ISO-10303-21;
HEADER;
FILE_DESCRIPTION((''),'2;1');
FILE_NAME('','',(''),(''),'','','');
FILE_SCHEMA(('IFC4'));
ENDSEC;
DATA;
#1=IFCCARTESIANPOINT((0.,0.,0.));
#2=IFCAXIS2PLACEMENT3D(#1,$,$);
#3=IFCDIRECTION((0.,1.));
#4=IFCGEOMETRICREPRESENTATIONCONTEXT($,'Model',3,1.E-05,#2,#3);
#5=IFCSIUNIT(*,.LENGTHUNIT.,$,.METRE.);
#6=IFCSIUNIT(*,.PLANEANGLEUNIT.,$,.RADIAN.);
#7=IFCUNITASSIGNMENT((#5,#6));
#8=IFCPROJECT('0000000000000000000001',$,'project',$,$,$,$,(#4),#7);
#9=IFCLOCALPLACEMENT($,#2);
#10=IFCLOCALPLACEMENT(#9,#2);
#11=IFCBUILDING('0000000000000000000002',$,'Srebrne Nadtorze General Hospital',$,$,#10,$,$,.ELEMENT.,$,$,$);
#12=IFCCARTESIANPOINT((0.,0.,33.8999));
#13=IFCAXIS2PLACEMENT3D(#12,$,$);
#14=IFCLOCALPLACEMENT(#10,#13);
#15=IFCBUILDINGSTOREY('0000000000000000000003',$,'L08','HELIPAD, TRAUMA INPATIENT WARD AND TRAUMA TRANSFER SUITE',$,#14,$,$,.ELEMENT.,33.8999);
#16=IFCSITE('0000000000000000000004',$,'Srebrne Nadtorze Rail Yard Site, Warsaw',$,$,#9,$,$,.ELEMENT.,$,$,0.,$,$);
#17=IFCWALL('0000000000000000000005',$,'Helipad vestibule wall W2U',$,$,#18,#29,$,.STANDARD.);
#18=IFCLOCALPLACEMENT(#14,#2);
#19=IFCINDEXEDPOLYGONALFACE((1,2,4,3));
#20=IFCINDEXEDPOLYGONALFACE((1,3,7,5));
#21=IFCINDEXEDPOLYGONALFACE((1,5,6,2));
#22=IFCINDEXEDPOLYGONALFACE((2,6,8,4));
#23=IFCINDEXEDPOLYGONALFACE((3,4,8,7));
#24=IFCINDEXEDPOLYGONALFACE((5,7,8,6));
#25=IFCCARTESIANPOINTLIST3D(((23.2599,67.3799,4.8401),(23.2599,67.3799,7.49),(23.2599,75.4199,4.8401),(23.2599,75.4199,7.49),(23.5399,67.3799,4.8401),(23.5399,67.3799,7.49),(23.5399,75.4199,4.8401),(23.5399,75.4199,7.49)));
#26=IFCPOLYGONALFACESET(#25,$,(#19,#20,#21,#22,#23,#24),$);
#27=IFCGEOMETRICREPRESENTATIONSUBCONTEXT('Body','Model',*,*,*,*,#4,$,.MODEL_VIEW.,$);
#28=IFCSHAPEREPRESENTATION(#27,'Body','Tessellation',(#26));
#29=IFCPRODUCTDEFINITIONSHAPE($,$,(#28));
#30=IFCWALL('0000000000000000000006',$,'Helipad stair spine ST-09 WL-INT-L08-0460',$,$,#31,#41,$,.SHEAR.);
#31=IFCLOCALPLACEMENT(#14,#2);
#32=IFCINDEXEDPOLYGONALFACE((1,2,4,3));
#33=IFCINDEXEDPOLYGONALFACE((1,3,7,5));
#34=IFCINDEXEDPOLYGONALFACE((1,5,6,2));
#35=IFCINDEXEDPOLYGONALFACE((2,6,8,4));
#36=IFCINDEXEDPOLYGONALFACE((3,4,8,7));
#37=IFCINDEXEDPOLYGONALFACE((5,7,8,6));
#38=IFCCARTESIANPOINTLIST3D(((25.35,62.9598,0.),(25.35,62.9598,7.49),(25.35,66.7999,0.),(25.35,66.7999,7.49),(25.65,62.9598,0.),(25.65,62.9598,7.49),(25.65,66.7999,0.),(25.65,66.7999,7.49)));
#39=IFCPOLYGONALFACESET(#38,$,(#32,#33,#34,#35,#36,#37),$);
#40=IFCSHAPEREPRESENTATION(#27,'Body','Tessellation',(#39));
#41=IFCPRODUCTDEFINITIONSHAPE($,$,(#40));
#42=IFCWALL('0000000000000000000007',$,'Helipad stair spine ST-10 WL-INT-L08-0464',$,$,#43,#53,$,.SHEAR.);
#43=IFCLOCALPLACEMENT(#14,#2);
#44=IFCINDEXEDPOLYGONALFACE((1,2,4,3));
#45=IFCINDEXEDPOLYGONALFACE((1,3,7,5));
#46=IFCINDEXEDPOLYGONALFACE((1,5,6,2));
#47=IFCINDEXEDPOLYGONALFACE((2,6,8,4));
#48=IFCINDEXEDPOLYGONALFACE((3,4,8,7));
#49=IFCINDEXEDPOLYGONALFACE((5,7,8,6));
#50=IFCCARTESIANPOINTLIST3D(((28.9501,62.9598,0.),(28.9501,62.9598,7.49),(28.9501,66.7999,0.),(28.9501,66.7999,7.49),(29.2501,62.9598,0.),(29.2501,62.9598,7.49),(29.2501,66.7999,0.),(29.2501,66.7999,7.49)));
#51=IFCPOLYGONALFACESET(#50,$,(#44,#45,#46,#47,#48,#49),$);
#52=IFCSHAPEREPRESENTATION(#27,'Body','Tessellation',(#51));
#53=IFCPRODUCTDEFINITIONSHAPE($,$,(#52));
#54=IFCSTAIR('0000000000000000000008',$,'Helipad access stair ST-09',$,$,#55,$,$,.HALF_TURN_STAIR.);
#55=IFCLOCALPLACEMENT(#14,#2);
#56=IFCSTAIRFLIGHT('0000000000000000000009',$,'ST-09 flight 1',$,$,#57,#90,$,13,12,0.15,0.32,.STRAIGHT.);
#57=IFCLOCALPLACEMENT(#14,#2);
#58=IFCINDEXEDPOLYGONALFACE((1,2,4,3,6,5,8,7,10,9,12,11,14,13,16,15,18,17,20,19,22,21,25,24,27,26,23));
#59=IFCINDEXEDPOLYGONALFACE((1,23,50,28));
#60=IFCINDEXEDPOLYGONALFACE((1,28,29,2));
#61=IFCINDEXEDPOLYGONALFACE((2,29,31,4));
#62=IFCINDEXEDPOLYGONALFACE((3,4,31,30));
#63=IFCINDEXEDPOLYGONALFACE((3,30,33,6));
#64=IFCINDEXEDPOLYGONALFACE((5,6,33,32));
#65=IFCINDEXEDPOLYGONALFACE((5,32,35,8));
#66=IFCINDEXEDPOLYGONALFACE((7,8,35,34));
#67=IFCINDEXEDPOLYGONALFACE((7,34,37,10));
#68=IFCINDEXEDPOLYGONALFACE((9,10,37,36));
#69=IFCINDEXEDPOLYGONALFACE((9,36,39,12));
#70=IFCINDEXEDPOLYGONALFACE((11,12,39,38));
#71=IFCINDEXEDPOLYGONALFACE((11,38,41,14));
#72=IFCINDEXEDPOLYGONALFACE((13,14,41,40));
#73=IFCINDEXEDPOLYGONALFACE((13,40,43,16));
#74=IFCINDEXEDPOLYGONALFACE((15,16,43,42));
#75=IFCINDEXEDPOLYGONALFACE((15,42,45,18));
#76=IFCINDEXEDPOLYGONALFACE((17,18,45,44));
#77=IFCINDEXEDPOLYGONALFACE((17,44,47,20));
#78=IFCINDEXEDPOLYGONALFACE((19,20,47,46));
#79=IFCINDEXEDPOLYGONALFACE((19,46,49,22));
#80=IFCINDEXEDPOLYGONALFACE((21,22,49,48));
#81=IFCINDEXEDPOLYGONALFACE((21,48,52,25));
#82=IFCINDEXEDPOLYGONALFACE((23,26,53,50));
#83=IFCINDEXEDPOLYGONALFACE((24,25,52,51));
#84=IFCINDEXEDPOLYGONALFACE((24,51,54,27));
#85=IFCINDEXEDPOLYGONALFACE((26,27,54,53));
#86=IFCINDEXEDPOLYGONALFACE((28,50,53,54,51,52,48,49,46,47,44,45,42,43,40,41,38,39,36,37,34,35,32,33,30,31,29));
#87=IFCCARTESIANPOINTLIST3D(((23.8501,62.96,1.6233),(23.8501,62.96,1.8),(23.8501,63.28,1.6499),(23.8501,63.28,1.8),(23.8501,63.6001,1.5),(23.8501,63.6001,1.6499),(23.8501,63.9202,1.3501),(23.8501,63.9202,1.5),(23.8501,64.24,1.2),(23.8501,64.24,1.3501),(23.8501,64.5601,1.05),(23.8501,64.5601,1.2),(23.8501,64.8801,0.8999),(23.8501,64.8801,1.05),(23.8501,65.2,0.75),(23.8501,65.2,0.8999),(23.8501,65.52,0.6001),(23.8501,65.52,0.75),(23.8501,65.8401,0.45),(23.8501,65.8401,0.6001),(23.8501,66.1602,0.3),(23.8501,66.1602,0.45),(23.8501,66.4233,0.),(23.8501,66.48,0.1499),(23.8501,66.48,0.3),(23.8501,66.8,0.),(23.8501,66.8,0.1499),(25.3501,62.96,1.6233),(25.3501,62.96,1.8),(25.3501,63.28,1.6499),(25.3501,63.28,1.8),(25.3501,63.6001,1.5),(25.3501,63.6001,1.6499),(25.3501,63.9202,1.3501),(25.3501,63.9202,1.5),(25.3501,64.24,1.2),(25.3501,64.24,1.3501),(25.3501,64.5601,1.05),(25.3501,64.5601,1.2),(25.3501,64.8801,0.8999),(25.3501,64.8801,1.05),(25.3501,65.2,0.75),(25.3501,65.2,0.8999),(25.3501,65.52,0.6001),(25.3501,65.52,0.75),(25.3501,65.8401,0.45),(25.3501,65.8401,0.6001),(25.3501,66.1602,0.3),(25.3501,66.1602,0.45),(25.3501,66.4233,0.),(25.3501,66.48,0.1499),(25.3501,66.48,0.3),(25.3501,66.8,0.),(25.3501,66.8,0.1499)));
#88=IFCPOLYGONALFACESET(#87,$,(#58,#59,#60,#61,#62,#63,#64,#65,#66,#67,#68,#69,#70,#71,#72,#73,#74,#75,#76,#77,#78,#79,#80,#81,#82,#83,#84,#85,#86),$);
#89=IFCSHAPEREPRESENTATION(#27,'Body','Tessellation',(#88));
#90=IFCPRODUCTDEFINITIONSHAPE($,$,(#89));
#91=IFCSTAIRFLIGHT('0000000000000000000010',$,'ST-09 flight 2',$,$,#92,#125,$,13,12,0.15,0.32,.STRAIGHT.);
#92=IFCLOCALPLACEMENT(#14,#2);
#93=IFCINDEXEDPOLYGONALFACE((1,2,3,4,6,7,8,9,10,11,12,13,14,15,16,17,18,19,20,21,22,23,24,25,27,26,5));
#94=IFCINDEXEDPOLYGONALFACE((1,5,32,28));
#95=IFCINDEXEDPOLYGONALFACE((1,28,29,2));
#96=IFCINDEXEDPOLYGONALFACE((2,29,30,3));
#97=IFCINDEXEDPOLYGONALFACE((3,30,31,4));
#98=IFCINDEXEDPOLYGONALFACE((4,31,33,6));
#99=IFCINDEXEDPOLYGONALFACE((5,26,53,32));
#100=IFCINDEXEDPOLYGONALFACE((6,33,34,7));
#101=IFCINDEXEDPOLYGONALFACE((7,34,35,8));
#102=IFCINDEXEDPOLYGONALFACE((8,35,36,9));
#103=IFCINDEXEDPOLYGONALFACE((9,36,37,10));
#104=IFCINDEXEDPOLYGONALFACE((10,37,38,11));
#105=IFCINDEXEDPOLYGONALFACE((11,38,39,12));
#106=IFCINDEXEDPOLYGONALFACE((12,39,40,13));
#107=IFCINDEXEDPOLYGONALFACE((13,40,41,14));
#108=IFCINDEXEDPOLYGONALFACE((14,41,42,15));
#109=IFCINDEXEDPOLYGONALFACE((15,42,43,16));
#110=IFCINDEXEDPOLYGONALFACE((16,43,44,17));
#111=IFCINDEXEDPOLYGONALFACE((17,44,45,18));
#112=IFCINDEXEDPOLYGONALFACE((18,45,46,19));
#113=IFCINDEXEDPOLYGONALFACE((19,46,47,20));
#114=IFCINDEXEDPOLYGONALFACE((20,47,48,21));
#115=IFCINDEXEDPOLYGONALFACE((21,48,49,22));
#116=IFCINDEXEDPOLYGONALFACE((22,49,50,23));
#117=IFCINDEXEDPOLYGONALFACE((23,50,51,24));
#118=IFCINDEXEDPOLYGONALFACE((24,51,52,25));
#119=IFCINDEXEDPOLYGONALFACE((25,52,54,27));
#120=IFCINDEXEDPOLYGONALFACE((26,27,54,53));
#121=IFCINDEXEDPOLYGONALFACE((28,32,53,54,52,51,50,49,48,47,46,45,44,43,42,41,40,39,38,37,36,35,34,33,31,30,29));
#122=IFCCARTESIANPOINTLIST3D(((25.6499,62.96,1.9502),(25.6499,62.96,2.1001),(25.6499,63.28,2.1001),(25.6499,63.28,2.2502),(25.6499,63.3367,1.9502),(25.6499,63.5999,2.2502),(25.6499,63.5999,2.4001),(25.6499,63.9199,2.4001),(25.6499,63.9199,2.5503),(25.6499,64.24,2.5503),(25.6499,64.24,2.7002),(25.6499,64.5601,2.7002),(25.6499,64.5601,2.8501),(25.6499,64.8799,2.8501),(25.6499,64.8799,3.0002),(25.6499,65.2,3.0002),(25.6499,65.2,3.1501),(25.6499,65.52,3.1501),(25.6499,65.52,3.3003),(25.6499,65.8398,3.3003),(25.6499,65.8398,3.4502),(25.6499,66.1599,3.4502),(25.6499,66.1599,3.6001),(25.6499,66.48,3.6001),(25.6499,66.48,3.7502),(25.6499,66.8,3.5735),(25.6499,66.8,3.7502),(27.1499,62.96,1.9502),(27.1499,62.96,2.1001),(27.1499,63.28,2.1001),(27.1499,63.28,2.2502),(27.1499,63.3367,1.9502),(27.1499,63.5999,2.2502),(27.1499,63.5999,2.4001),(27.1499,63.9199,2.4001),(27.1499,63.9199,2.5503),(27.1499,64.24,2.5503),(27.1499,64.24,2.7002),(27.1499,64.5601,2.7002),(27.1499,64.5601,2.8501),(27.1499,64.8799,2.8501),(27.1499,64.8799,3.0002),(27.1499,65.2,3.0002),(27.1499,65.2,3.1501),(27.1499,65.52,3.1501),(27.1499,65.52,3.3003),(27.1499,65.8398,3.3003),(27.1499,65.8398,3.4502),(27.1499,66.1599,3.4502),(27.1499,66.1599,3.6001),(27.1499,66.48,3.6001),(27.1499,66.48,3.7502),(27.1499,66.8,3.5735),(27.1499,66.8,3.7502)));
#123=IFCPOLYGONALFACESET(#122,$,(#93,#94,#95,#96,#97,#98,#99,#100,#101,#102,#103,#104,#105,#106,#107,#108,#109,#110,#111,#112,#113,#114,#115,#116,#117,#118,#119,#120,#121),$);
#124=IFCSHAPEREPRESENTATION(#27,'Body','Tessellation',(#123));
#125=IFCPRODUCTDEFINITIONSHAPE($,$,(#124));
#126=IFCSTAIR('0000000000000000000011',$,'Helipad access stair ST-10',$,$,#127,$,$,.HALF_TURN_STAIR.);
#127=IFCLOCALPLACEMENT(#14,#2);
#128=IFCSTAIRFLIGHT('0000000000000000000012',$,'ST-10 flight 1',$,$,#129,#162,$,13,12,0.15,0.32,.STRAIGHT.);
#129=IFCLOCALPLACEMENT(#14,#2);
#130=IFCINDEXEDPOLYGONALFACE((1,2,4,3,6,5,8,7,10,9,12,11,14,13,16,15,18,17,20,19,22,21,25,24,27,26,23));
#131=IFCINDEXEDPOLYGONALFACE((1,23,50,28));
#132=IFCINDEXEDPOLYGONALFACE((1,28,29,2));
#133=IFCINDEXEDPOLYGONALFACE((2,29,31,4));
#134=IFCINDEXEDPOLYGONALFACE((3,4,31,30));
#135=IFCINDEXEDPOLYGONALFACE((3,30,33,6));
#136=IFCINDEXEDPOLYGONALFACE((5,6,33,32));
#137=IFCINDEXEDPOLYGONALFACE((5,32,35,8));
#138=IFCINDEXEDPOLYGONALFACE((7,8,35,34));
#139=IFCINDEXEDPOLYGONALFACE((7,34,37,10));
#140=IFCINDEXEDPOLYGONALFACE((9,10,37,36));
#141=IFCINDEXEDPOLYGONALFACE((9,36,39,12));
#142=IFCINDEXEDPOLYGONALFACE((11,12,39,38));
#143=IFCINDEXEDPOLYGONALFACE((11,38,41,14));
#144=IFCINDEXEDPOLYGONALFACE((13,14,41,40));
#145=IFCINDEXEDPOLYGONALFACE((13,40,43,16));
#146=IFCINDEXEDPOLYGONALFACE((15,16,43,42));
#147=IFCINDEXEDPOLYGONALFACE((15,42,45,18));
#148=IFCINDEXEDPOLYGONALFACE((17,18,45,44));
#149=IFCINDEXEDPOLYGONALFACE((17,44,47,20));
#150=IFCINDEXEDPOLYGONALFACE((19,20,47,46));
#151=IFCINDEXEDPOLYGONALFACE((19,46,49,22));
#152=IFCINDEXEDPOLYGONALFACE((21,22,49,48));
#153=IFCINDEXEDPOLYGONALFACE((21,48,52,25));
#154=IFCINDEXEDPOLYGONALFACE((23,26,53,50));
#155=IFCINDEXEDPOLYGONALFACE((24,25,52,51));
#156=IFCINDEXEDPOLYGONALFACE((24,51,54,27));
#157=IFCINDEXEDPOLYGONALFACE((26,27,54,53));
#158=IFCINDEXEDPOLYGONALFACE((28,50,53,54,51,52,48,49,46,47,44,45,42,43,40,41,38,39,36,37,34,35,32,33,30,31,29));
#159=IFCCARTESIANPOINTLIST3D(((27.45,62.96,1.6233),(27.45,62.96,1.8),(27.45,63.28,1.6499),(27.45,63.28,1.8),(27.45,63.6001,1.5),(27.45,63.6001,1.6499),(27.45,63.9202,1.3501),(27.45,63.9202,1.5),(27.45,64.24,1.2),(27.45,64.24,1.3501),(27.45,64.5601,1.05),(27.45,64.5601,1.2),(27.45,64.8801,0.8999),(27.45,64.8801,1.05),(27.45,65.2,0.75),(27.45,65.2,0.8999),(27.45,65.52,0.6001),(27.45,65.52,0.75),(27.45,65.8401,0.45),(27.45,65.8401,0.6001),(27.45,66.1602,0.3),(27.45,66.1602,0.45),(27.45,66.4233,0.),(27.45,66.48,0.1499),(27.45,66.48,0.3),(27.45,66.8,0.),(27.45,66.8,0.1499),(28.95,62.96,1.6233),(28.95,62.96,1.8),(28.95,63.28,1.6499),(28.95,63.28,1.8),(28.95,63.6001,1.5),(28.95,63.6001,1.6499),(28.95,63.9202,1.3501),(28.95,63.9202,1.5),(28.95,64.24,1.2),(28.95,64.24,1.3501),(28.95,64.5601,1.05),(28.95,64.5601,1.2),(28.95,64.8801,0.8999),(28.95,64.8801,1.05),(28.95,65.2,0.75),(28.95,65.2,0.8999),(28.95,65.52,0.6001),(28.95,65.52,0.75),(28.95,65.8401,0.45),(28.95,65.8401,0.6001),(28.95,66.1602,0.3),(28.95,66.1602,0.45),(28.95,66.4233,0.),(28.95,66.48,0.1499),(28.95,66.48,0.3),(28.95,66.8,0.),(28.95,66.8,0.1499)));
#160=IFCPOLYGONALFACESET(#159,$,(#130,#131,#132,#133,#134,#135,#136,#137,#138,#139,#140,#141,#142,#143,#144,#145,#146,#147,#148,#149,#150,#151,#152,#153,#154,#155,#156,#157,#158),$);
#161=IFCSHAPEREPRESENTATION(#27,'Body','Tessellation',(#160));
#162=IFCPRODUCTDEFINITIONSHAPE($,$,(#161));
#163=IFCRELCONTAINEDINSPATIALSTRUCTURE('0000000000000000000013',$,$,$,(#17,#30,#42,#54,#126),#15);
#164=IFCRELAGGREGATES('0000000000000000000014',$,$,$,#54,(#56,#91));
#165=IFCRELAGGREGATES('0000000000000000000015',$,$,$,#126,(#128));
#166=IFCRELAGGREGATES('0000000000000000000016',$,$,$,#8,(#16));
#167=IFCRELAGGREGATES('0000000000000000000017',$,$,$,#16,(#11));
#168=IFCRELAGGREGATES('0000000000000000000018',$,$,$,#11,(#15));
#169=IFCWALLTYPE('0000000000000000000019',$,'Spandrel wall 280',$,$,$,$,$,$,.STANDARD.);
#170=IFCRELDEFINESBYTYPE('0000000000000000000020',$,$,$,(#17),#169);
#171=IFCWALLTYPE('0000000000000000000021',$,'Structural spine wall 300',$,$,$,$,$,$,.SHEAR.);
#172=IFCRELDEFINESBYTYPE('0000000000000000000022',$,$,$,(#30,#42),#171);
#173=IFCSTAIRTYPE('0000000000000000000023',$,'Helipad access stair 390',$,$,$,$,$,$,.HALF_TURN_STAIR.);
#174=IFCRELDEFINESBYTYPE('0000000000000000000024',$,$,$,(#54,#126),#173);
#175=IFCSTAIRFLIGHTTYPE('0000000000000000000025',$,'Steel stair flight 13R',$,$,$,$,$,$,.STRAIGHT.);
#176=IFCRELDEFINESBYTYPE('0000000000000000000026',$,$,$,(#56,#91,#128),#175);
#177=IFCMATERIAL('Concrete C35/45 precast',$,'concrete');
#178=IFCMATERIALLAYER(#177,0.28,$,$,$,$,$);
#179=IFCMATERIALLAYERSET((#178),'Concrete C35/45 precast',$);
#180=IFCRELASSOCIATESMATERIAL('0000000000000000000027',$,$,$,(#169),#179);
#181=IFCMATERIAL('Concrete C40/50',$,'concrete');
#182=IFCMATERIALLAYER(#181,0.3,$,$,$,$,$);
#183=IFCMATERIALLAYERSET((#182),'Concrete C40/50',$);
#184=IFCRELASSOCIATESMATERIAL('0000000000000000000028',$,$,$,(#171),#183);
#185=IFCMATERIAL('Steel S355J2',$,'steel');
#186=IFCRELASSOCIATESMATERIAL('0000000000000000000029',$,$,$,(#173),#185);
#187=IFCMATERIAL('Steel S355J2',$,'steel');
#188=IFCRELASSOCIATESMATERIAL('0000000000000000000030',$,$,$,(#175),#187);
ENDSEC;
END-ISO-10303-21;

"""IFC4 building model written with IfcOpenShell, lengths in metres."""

from ifc_helpers import new_model, si_unit, direction, frame, frame_2d, origin, place, context, subcontext, project, spatial, polyline, rectangle, outline, extrude, material, layer, layer_set, type_object, element, aggregate, save


model = new_model("IFC4")

# Units and contexts
model_context = context("Model", 3, precision=1e-05, world=origin(), true_north=direction((0.0, 1.0)))
body_context = subcontext(model_context, "Body", "Model", "MODEL_VIEW")
ifc_project = project(units=[si_unit("LENGTHUNIT", "METRE"), si_unit("PLANEANGLEUNIT", "RADIAN")], contexts=[model_context])

# Site, building, storey
site_placement = place(None, origin())
site = spatial("IfcSite", under=ifc_project, at=site_placement, Name="Srebrne Nadtorze Rail Yard Site, Warsaw", CompositionType="ELEMENT", RefElevation=0.0)
building_placement = place(site_placement, origin())
building = spatial("IfcBuilding", under=site, at=building_placement, Name="Srebrne Nadtorze General Hospital", CompositionType="ELEMENT")
storey_placement = place(building_placement, frame((0.0, 0.0, 33.8999)))
storey = spatial("IfcBuildingStorey", under=building, at=storey_placement, Name="L08", Description="HELIPAD, TRAUMA INPATIENT WARD AND TRAUMA TRANSFER SUITE", CompositionType="ELEMENT", Elevation=33.8999)

# Walls
ifc_material_1 = material(Name="Concrete C35/45 precast", Category="concrete")
ifc_layer_1 = layer(ifc_material_1, 0.28)
ifc_layer_set_1 = layer_set([ifc_layer_1], Name="Concrete C35/45 precast")
wall_type_1 = type_object("IfcWallType", Name="Spandrel wall 280", PredefinedType="STANDARD", material=ifc_layer_set_1)
wall_1_placement = place(storey_placement, frame((23.3999, 67.3799, 4.8401), z_axis=(0.0, 0.0, 1.0), x_axis=(0.0, 1.0, 0.0)))
element("IfcWall", 1, at=wall_1_placement, inside=storey, type_object=wall_type_1, Name="Helipad vestibule wall W2U", PredefinedType="STANDARD", context=body_context, shape_type="SweptSolid", body=[
    extrude(rectangle(XDim=8.04, YDim=0.28, at=frame_2d((4.02, 0.0))), origin(), (0.0, 0.0, 1.0), 2.6499),
])
ifc_material_2 = material(Name="Concrete C40/50", Category="concrete")
ifc_layer_2 = layer(ifc_material_2, 0.3)
ifc_layer_set_2 = layer_set([ifc_layer_2], Name="Concrete C40/50")
wall_type_2 = type_object("IfcWallType", Name="Structural spine wall 300", PredefinedType="SHEAR", material=ifc_layer_set_2)
for number, where, z_axis, x_axis, name in (
    (2, (25.5, 62.96, 0.0), (0.0, 0.0, 1.0), (0.0, 1.0, 0.0), "Helipad stair spine ST-09 WL-INT-L08-0460"),
    (3, (29.1001, 62.96, 0.0), (0.0, 0.0, 1.0), (0.0, 1.0, 0.0), "Helipad stair spine ST-10 WL-INT-L08-0464"),
):
    element("IfcWall", number, at=place(storey_placement, frame(where, z_axis=z_axis, x_axis=x_axis)), inside=storey, type_object=wall_type_2, Name=name, PredefinedType="SHEAR", context=body_context, shape_type="SweptSolid", body=[
        extrude(rectangle(XDim=3.8401, YDim=0.3, at=frame_2d((1.9199, 0.0))), origin(), (0.0, 0.0, 1.0), 7.49),
    ])

# Stairs, stair flights
ifc_material_3 = material(Name="Steel S355J2", Category="steel")
stair_type = type_object("IfcStairType", Name="Helipad access stair 390", PredefinedType="HALF_TURN_STAIR", material=ifc_material_3)
stair_1_placement = place(storey_placement, origin())
stair_1 = element("IfcStair", 4, at=stair_1_placement, inside=storey, type_object=stair_type, Name="Helipad access stair ST-09", PredefinedType="HALF_TURN_STAIR")
ifc_material_4 = material(Name="Steel S355J2", Category="steel")
stair_flight_type = type_object("IfcStairFlightType", Name="Steel stair flight 13R", PredefinedType="STRAIGHT", material=ifc_material_4)
stair_flight_1_placement = place(storey_placement, frame((24.6001, 66.8, 0.0), z_axis=(0.0, 0.0, 1.0), x_axis=(0.0, -1.0, 0.0)))
stair_flight_1 = element("IfcStairFlight", 5, at=stair_flight_1_placement, type_object=stair_flight_type, Name="ST-09 flight 1", NumberOfRisers=13, NumberOfTreads=12, PredefinedType="STRAIGHT", RiserHeight=0.15, TreadLength=0.32, context=body_context, shape_type="SweptSolid", body=[
    extrude(outline(polyline([(0.0, 0.0), (0.0, 0.1499), (0.3201, 0.1499), (0.3201, 0.3), (0.6399, 0.3), (0.6399, 0.45), (0.96, 0.45), (0.96, 0.6001), (1.28, 0.6001), (1.28, 0.75), (1.6001, 0.75), (1.6001, 0.8999), (1.9199, 0.8999), (1.9199, 1.05), (2.24, 1.05), (2.24, 1.2), (2.5601, 1.2), (2.5601, 1.3501), (2.8799, 1.3501), (2.8799, 1.5), (3.2, 1.5), (3.2, 1.6499), (3.52, 1.6499), (3.52, 1.8), (3.8401, 1.8), (3.8401, 1.95), (3.8401, 1.6233), (0.3767, 0.0), (0.0, 0.0)])), frame((0.0, 0.75, 0.0), z_axis=(0.0, -1.0, 0.0), x_axis=(1.0, 0.0, 0.0)), (0.0, 0.0, 1.0), 1.5),
])
stair_flight_2_placement = place(storey_placement, frame((26.3999, 62.96, 1.9502), z_axis=(0.0, 0.0, 1.0), x_axis=(0.0, 1.0, 0.0)))
stair_flight_2 = element("IfcStairFlight", 6, at=stair_flight_2_placement, type_object=stair_flight_type, Name="ST-09 flight 2", NumberOfRisers=13, NumberOfTreads=12, PredefinedType="STRAIGHT", RiserHeight=0.15, TreadLength=0.32, context=body_context, shape_type="SweptSolid", body=[
    extrude(outline(polyline([(0.0, 0.0), (0.0, 0.1499), (0.3201, 0.1499), (0.3201, 0.3), (0.6399, 0.3), (0.6399, 0.45), (0.96, 0.45), (0.96, 0.6001), (1.28, 0.6001), (1.28, 0.75), (1.6001, 0.75), (1.6001, 0.8999), (1.9199, 0.8999), (1.9199, 1.05), (2.24, 1.05), (2.24, 1.2), (2.5601, 1.2), (2.5601, 1.3501), (2.8799, 1.3501), (2.8799, 1.5), (3.2, 1.5), (3.2, 1.6499), (3.52, 1.6499), (3.52, 1.8), (3.8401, 1.8), (3.8401, 1.95), (3.8401, 1.6233), (0.3767, 0.0), (0.0, 0.0)])), frame((0.0, 0.75, 0.0), z_axis=(0.0, -1.0, 0.0), x_axis=(1.0, 0.0, 0.0)), (0.0, 0.0, 1.0), 1.5),
])
aggregate(stair_1, [stair_flight_1, stair_flight_2])
stair_2_placement = place(storey_placement, origin())
stair_2 = element("IfcStair", 7, at=stair_2_placement, inside=storey, type_object=stair_type, Name="Helipad access stair ST-10", PredefinedType="HALF_TURN_STAIR")
stair_flight_3_placement = place(storey_placement, frame((28.2, 66.8, 0.0), z_axis=(0.0, 0.0, 1.0), x_axis=(0.0, -1.0, 0.0)))
stair_flight_3 = element("IfcStairFlight", 8, at=stair_flight_3_placement, type_object=stair_flight_type, Name="ST-10 flight 1", NumberOfRisers=13, NumberOfTreads=12, PredefinedType="STRAIGHT", RiserHeight=0.15, TreadLength=0.32, context=body_context, shape_type="SweptSolid", body=[
    extrude(outline(polyline([(0.0, 0.0), (0.0, 0.1499), (0.3201, 0.1499), (0.3201, 0.3), (0.6399, 0.3), (0.6399, 0.45), (0.96, 0.45), (0.96, 0.6001), (1.28, 0.6001), (1.28, 0.75), (1.6001, 0.75), (1.6001, 0.8999), (1.9199, 0.8999), (1.9199, 1.05), (2.24, 1.05), (2.24, 1.2), (2.5601, 1.2), (2.5601, 1.3501), (2.8799, 1.3501), (2.8799, 1.5), (3.2, 1.5), (3.2, 1.6499), (3.52, 1.6499), (3.52, 1.8), (3.8401, 1.8), (3.8401, 1.95), (3.8401, 1.6233), (0.3767, 0.0), (0.0, 0.0)])), frame((0.0, 0.75, 0.0), z_axis=(0.0, -1.0, 0.0), x_axis=(1.0, 0.0, 0.0)), (0.0, 0.0, 1.0), 1.5),
])
aggregate(stair_2, [stair_flight_3])

save(model, "model.ifc")
